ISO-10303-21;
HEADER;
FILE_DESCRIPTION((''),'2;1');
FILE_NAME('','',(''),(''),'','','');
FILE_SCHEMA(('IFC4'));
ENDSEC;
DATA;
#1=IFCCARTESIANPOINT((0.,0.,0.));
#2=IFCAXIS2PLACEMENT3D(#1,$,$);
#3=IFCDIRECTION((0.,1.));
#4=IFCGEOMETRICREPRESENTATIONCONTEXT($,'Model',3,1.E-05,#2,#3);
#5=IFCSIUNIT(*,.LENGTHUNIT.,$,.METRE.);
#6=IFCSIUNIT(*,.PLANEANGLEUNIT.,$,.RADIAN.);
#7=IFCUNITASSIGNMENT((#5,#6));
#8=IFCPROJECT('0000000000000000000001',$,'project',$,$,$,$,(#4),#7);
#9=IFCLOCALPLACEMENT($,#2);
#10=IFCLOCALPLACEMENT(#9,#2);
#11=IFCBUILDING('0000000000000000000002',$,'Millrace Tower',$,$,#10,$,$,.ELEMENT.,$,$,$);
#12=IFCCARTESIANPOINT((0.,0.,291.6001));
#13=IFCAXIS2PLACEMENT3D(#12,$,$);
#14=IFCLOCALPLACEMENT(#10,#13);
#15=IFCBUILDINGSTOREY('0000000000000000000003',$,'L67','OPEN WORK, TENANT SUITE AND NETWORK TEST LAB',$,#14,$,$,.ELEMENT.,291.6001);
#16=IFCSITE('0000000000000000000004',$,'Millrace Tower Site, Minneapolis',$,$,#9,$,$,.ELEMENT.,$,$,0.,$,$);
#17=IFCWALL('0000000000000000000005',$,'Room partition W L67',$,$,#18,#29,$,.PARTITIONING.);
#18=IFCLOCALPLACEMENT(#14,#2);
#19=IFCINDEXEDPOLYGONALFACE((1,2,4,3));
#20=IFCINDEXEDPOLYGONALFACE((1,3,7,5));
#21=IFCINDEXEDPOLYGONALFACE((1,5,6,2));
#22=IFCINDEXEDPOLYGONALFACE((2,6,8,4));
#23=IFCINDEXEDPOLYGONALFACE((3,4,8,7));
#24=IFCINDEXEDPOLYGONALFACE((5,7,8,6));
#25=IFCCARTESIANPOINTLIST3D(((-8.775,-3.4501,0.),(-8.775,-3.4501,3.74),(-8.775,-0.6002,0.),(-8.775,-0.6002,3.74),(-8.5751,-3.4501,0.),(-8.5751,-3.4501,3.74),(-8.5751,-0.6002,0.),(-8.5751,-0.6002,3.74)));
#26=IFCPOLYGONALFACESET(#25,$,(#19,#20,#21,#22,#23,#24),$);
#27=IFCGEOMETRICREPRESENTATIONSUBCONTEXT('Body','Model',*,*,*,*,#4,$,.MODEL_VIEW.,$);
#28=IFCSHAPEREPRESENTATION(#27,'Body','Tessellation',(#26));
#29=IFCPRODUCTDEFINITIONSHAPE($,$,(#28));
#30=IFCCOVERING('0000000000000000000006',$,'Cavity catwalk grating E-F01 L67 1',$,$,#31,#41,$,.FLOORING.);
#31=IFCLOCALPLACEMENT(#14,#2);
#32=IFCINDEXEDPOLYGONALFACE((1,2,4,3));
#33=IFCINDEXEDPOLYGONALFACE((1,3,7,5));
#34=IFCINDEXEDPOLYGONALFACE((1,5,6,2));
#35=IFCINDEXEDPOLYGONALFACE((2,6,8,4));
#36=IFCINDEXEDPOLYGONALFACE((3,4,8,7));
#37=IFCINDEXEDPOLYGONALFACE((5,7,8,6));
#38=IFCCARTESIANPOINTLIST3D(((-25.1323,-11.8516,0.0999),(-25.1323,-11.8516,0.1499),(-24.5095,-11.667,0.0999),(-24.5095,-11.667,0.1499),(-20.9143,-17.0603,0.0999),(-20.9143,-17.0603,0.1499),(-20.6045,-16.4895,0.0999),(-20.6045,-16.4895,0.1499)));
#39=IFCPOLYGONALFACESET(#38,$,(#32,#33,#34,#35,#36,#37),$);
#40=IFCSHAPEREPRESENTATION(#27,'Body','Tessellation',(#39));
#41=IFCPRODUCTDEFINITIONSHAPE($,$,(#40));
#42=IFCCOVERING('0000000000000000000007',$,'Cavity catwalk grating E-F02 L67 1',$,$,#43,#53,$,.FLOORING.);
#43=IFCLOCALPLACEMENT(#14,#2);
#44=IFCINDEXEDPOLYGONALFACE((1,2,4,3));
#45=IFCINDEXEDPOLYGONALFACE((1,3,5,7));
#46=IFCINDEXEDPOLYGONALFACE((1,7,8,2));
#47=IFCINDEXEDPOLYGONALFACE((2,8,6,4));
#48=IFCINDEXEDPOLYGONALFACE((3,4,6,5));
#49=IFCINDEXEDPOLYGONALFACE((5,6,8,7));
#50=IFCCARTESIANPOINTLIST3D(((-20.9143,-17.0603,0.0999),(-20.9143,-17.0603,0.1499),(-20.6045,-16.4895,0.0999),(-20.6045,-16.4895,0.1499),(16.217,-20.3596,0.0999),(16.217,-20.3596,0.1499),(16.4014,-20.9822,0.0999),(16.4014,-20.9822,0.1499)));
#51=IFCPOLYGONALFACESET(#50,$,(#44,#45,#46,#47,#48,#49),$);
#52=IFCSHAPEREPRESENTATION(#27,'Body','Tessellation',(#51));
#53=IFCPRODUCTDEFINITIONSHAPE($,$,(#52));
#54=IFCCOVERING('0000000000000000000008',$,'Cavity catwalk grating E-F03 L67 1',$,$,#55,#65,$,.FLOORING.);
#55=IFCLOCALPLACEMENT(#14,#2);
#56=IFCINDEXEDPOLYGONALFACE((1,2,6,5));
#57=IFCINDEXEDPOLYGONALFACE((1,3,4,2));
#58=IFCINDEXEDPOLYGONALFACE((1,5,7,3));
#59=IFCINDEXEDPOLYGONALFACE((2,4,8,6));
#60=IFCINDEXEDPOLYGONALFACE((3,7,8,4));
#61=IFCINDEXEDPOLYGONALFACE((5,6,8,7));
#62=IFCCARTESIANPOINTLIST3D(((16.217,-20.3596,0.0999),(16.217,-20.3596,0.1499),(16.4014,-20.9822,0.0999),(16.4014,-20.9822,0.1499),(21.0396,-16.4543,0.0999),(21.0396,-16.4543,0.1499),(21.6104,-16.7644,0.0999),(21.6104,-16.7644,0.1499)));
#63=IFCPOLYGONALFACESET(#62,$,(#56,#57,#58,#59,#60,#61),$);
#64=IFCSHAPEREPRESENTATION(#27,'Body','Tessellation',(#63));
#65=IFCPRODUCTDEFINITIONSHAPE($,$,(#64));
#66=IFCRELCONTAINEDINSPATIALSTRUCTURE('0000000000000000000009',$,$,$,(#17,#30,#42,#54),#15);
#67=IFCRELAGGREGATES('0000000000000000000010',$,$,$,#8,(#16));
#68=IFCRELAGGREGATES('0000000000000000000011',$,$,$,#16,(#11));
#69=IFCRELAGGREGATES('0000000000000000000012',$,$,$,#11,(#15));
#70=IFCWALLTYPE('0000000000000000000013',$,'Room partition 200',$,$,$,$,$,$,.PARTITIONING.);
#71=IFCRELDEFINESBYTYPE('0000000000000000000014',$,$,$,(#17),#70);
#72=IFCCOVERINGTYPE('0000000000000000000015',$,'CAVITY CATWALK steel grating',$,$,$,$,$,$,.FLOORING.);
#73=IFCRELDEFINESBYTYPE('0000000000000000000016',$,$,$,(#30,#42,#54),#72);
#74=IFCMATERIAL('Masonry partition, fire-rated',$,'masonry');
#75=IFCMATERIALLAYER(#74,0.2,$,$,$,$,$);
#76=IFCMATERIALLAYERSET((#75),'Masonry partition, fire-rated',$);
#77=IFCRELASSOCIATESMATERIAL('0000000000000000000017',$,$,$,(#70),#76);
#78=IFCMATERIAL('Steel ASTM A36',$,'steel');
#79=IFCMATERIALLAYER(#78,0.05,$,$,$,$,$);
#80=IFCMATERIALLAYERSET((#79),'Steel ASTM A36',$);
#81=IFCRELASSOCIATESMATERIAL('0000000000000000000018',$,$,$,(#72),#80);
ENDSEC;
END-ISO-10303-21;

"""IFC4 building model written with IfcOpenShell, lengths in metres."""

from ifc_helpers import new_model, si_unit, direction, frame, frame_2d, origin, place, context, subcontext, project, spatial, polyline, rectangle, outline, extrude, material, layer, layer_set, type_object, element, save


model = new_model("IFC4")

# Units and contexts
model_context = context("Model", 3, precision=1e-05, world=origin(), true_north=direction((0.0, 1.0)))
body_context = subcontext(model_context, "Body", "Model", "MODEL_VIEW")
ifc_project = project(units=[si_unit("LENGTHUNIT", "METRE"), si_unit("PLANEANGLEUNIT", "RADIAN")], contexts=[model_context])

# Site, building, storey
site_placement = place(None, origin())
site = spatial("IfcSite", under=ifc_project, at=site_placement, Name="Millrace Tower Site, Minneapolis", CompositionType="ELEMENT", RefElevation=0.0)
building_placement = place(site_placement, origin())
building = spatial("IfcBuilding", under=site, at=building_placement, Name="Millrace Tower", CompositionType="ELEMENT")
storey_placement = place(building_placement, frame((0.0, 0.0, 291.6001)))
storey = spatial("IfcBuildingStorey", under=building, at=storey_placement, Name="L67", Description="OPEN WORK, TENANT SUITE AND NETWORK TEST LAB", CompositionType="ELEMENT", Elevation=291.6001)

# Wall
ifc_material_1 = material(Name="Masonry partition, fire-rated", Category="masonry")
ifc_layer_1 = layer(ifc_material_1, 0.2)
ifc_layer_set_1 = layer_set([ifc_layer_1], Name="Masonry partition, fire-rated")
wall_type_1 = type_object("IfcWallType", Name="Room partition 200", PredefinedType="PARTITIONING", material=ifc_layer_set_1)
wall_1_placement = place(storey_placement, frame((-8.675, -3.45, 0.0), z_axis=(0.0, 0.0, 1.0), x_axis=(0.0, 1.0, 0.0)))
element("IfcWall", 1, at=wall_1_placement, inside=storey, type_object=wall_type_1, Name="Room partition W L67", PredefinedType="PARTITIONING", context=body_context, shape_type="SweptSolid", body=[
    extrude(rectangle(XDim=2.8499, YDim=0.2, at=frame_2d((1.4248, 0.0))), origin(), (0.0, 0.0, 1.0), 3.74),
])

# Coverings
ifc_material_2 = material(Name="Steel ASTM A36", Category="steel")
ifc_layer_2 = layer(ifc_material_2, 0.05)
ifc_layer_set_2 = layer_set([ifc_layer_2], Name="Steel ASTM A36")
covering_type = type_object("IfcCoveringType", Name="CAVITY CATWALK steel grating", PredefinedType="FLOORING", material=ifc_layer_set_2)
placement_1 = place(storey_placement, frame((0.0, 0.0, 0.0999)))
element("IfcCovering", 2, at=placement_1, inside=storey, type_object=covering_type, Name="Cavity catwalk grating E-F01 L67 1", PredefinedType="FLOORING", context=body_context, shape_type="SweptSolid", body=[
    extrude(outline(polyline([(-25.1323, -11.8516), (-20.9143, -17.0603), (-20.6045, -16.4895), (-24.5095, -11.667), (-25.1323, -11.8516)])), origin(), (0.0, 0.0, 1.0), 0.05),
])
element("IfcCovering", 3, at=placement_1, inside=storey, type_object=covering_type, Name="Cavity catwalk grating E-F02 L67 1", PredefinedType="FLOORING", context=body_context, shape_type="SweptSolid", body=[
    extrude(outline(polyline([(-20.9143, -17.0603), (16.4014, -20.9822), (16.217, -20.3596), (-20.6045, -16.4895), (-20.9143, -17.0603)])), origin(), (0.0, 0.0, 1.0), 0.05),
])
element("IfcCovering", 4, at=placement_1, inside=storey, type_object=covering_type, Name="Cavity catwalk grating E-F03 L67 1", PredefinedType="FLOORING", context=body_context, shape_type="SweptSolid", body=[
    extrude(outline(polyline([(16.4014, -20.9822), (21.6104, -16.7644), (21.0396, -16.4543), (16.217, -20.3596), (16.4014, -20.9822)])), origin(), (0.0, 0.0, 1.0), 0.05),
])

save(model, "model.ifc")
